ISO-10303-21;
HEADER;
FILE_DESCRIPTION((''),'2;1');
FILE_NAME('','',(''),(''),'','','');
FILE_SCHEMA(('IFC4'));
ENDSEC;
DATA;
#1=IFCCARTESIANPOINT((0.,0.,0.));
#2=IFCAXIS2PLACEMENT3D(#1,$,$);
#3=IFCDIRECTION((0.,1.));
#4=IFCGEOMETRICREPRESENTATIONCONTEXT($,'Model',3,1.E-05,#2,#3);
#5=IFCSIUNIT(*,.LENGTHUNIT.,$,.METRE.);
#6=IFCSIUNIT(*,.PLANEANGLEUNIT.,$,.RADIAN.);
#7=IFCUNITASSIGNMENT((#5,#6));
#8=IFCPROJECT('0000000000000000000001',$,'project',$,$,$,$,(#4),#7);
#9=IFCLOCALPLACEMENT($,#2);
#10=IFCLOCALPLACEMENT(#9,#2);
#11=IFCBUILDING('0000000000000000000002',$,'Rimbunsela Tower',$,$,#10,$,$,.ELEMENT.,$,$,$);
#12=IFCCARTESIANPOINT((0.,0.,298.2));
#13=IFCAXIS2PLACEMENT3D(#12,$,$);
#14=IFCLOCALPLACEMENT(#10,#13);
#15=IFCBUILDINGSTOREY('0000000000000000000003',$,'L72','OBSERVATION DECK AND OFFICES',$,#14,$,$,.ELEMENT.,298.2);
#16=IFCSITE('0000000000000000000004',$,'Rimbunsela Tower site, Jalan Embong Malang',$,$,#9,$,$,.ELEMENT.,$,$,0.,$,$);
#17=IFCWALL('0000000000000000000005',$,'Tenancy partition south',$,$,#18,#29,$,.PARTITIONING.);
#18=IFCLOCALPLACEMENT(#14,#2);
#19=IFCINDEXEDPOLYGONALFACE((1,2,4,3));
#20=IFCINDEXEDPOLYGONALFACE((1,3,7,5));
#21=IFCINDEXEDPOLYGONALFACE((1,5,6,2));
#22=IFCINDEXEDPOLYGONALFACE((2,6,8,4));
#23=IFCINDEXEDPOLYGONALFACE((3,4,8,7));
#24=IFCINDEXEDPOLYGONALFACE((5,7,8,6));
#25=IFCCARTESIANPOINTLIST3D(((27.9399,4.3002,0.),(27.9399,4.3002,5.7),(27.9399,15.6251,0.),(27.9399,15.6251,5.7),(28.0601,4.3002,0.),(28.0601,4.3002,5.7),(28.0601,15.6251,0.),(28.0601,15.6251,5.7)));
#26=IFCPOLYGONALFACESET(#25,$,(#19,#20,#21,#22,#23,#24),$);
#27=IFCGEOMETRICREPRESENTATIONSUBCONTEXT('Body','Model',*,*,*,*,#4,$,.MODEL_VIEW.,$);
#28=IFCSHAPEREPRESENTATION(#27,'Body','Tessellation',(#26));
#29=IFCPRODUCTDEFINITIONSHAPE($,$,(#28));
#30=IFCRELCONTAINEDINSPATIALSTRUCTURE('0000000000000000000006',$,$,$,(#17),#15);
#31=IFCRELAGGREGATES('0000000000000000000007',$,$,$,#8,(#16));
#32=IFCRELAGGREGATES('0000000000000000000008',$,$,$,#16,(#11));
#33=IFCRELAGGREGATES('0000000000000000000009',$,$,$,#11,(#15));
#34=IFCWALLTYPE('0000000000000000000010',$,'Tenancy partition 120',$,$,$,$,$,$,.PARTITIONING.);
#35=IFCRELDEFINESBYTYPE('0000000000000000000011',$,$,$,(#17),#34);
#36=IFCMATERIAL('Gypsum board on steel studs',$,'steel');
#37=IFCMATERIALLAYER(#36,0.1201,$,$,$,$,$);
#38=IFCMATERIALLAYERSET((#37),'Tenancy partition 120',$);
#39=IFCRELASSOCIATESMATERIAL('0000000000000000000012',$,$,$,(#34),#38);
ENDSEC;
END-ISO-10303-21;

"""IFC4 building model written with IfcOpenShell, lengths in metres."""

from ifc_helpers import new_model, si_unit, direction, frame, frame_2d, origin, place, context, subcontext, project, spatial, rectangle, extrude, material, layer, layer_set, type_object, element, save


model = new_model("IFC4")

# Units and contexts
model_context = context("Model", 3, precision=1e-05, world=origin(), true_north=direction((0.0, 1.0)))
body_context = subcontext(model_context, "Body", "Model", "MODEL_VIEW")
ifc_project = project(units=[si_unit("LENGTHUNIT", "METRE"), si_unit("PLANEANGLEUNIT", "RADIAN")], contexts=[model_context])

# Site, building, storey
site_placement = place(None, origin())
site = spatial("IfcSite", under=ifc_project, at=site_placement, Name="Rimbunsela Tower site, Jalan Embong Malang", CompositionType="ELEMENT", RefElevation=0.0)
building_placement = place(site_placement, origin())
building = spatial("IfcBuilding", under=site, at=building_placement, Name="Rimbunsela Tower", CompositionType="ELEMENT")
storey_placement = place(building_placement, frame((0.0, 0.0, 298.2)))
storey = spatial("IfcBuildingStorey", under=building, at=storey_placement, Name="L72", Description="OBSERVATION DECK AND OFFICES", CompositionType="ELEMENT", Elevation=298.2)

# Wall
ifc_material_1 = material(Name="Gypsum board on steel studs", Category="steel")
ifc_layer_1 = layer(ifc_material_1, 0.1201)
ifc_layer_set_1 = layer_set([ifc_layer_1], Name="Tenancy partition 120")
wall_type = type_object("IfcWallType", Name="Tenancy partition 120", PredefinedType="PARTITIONING", material=ifc_layer_set_1)
wall_placement = place(storey_placement, frame((28.0, 4.3, 0.0), z_axis=(0.0, 0.0, 1.0), x_axis=(0.0, 1.0, 0.0)))
element("IfcWall", 1, at=wall_placement, inside=storey, type_object=wall_type, Name="Tenancy partition south", PredefinedType="PARTITIONING", context=body_context, shape_type="SweptSolid", body=[
    extrude(rectangle(XDim=11.325, YDim=0.1201, at=frame_2d((5.6626, 0.0))), origin(), (0.0, 0.0, 1.0), 5.7),
])

save(model, "model.ifc")
